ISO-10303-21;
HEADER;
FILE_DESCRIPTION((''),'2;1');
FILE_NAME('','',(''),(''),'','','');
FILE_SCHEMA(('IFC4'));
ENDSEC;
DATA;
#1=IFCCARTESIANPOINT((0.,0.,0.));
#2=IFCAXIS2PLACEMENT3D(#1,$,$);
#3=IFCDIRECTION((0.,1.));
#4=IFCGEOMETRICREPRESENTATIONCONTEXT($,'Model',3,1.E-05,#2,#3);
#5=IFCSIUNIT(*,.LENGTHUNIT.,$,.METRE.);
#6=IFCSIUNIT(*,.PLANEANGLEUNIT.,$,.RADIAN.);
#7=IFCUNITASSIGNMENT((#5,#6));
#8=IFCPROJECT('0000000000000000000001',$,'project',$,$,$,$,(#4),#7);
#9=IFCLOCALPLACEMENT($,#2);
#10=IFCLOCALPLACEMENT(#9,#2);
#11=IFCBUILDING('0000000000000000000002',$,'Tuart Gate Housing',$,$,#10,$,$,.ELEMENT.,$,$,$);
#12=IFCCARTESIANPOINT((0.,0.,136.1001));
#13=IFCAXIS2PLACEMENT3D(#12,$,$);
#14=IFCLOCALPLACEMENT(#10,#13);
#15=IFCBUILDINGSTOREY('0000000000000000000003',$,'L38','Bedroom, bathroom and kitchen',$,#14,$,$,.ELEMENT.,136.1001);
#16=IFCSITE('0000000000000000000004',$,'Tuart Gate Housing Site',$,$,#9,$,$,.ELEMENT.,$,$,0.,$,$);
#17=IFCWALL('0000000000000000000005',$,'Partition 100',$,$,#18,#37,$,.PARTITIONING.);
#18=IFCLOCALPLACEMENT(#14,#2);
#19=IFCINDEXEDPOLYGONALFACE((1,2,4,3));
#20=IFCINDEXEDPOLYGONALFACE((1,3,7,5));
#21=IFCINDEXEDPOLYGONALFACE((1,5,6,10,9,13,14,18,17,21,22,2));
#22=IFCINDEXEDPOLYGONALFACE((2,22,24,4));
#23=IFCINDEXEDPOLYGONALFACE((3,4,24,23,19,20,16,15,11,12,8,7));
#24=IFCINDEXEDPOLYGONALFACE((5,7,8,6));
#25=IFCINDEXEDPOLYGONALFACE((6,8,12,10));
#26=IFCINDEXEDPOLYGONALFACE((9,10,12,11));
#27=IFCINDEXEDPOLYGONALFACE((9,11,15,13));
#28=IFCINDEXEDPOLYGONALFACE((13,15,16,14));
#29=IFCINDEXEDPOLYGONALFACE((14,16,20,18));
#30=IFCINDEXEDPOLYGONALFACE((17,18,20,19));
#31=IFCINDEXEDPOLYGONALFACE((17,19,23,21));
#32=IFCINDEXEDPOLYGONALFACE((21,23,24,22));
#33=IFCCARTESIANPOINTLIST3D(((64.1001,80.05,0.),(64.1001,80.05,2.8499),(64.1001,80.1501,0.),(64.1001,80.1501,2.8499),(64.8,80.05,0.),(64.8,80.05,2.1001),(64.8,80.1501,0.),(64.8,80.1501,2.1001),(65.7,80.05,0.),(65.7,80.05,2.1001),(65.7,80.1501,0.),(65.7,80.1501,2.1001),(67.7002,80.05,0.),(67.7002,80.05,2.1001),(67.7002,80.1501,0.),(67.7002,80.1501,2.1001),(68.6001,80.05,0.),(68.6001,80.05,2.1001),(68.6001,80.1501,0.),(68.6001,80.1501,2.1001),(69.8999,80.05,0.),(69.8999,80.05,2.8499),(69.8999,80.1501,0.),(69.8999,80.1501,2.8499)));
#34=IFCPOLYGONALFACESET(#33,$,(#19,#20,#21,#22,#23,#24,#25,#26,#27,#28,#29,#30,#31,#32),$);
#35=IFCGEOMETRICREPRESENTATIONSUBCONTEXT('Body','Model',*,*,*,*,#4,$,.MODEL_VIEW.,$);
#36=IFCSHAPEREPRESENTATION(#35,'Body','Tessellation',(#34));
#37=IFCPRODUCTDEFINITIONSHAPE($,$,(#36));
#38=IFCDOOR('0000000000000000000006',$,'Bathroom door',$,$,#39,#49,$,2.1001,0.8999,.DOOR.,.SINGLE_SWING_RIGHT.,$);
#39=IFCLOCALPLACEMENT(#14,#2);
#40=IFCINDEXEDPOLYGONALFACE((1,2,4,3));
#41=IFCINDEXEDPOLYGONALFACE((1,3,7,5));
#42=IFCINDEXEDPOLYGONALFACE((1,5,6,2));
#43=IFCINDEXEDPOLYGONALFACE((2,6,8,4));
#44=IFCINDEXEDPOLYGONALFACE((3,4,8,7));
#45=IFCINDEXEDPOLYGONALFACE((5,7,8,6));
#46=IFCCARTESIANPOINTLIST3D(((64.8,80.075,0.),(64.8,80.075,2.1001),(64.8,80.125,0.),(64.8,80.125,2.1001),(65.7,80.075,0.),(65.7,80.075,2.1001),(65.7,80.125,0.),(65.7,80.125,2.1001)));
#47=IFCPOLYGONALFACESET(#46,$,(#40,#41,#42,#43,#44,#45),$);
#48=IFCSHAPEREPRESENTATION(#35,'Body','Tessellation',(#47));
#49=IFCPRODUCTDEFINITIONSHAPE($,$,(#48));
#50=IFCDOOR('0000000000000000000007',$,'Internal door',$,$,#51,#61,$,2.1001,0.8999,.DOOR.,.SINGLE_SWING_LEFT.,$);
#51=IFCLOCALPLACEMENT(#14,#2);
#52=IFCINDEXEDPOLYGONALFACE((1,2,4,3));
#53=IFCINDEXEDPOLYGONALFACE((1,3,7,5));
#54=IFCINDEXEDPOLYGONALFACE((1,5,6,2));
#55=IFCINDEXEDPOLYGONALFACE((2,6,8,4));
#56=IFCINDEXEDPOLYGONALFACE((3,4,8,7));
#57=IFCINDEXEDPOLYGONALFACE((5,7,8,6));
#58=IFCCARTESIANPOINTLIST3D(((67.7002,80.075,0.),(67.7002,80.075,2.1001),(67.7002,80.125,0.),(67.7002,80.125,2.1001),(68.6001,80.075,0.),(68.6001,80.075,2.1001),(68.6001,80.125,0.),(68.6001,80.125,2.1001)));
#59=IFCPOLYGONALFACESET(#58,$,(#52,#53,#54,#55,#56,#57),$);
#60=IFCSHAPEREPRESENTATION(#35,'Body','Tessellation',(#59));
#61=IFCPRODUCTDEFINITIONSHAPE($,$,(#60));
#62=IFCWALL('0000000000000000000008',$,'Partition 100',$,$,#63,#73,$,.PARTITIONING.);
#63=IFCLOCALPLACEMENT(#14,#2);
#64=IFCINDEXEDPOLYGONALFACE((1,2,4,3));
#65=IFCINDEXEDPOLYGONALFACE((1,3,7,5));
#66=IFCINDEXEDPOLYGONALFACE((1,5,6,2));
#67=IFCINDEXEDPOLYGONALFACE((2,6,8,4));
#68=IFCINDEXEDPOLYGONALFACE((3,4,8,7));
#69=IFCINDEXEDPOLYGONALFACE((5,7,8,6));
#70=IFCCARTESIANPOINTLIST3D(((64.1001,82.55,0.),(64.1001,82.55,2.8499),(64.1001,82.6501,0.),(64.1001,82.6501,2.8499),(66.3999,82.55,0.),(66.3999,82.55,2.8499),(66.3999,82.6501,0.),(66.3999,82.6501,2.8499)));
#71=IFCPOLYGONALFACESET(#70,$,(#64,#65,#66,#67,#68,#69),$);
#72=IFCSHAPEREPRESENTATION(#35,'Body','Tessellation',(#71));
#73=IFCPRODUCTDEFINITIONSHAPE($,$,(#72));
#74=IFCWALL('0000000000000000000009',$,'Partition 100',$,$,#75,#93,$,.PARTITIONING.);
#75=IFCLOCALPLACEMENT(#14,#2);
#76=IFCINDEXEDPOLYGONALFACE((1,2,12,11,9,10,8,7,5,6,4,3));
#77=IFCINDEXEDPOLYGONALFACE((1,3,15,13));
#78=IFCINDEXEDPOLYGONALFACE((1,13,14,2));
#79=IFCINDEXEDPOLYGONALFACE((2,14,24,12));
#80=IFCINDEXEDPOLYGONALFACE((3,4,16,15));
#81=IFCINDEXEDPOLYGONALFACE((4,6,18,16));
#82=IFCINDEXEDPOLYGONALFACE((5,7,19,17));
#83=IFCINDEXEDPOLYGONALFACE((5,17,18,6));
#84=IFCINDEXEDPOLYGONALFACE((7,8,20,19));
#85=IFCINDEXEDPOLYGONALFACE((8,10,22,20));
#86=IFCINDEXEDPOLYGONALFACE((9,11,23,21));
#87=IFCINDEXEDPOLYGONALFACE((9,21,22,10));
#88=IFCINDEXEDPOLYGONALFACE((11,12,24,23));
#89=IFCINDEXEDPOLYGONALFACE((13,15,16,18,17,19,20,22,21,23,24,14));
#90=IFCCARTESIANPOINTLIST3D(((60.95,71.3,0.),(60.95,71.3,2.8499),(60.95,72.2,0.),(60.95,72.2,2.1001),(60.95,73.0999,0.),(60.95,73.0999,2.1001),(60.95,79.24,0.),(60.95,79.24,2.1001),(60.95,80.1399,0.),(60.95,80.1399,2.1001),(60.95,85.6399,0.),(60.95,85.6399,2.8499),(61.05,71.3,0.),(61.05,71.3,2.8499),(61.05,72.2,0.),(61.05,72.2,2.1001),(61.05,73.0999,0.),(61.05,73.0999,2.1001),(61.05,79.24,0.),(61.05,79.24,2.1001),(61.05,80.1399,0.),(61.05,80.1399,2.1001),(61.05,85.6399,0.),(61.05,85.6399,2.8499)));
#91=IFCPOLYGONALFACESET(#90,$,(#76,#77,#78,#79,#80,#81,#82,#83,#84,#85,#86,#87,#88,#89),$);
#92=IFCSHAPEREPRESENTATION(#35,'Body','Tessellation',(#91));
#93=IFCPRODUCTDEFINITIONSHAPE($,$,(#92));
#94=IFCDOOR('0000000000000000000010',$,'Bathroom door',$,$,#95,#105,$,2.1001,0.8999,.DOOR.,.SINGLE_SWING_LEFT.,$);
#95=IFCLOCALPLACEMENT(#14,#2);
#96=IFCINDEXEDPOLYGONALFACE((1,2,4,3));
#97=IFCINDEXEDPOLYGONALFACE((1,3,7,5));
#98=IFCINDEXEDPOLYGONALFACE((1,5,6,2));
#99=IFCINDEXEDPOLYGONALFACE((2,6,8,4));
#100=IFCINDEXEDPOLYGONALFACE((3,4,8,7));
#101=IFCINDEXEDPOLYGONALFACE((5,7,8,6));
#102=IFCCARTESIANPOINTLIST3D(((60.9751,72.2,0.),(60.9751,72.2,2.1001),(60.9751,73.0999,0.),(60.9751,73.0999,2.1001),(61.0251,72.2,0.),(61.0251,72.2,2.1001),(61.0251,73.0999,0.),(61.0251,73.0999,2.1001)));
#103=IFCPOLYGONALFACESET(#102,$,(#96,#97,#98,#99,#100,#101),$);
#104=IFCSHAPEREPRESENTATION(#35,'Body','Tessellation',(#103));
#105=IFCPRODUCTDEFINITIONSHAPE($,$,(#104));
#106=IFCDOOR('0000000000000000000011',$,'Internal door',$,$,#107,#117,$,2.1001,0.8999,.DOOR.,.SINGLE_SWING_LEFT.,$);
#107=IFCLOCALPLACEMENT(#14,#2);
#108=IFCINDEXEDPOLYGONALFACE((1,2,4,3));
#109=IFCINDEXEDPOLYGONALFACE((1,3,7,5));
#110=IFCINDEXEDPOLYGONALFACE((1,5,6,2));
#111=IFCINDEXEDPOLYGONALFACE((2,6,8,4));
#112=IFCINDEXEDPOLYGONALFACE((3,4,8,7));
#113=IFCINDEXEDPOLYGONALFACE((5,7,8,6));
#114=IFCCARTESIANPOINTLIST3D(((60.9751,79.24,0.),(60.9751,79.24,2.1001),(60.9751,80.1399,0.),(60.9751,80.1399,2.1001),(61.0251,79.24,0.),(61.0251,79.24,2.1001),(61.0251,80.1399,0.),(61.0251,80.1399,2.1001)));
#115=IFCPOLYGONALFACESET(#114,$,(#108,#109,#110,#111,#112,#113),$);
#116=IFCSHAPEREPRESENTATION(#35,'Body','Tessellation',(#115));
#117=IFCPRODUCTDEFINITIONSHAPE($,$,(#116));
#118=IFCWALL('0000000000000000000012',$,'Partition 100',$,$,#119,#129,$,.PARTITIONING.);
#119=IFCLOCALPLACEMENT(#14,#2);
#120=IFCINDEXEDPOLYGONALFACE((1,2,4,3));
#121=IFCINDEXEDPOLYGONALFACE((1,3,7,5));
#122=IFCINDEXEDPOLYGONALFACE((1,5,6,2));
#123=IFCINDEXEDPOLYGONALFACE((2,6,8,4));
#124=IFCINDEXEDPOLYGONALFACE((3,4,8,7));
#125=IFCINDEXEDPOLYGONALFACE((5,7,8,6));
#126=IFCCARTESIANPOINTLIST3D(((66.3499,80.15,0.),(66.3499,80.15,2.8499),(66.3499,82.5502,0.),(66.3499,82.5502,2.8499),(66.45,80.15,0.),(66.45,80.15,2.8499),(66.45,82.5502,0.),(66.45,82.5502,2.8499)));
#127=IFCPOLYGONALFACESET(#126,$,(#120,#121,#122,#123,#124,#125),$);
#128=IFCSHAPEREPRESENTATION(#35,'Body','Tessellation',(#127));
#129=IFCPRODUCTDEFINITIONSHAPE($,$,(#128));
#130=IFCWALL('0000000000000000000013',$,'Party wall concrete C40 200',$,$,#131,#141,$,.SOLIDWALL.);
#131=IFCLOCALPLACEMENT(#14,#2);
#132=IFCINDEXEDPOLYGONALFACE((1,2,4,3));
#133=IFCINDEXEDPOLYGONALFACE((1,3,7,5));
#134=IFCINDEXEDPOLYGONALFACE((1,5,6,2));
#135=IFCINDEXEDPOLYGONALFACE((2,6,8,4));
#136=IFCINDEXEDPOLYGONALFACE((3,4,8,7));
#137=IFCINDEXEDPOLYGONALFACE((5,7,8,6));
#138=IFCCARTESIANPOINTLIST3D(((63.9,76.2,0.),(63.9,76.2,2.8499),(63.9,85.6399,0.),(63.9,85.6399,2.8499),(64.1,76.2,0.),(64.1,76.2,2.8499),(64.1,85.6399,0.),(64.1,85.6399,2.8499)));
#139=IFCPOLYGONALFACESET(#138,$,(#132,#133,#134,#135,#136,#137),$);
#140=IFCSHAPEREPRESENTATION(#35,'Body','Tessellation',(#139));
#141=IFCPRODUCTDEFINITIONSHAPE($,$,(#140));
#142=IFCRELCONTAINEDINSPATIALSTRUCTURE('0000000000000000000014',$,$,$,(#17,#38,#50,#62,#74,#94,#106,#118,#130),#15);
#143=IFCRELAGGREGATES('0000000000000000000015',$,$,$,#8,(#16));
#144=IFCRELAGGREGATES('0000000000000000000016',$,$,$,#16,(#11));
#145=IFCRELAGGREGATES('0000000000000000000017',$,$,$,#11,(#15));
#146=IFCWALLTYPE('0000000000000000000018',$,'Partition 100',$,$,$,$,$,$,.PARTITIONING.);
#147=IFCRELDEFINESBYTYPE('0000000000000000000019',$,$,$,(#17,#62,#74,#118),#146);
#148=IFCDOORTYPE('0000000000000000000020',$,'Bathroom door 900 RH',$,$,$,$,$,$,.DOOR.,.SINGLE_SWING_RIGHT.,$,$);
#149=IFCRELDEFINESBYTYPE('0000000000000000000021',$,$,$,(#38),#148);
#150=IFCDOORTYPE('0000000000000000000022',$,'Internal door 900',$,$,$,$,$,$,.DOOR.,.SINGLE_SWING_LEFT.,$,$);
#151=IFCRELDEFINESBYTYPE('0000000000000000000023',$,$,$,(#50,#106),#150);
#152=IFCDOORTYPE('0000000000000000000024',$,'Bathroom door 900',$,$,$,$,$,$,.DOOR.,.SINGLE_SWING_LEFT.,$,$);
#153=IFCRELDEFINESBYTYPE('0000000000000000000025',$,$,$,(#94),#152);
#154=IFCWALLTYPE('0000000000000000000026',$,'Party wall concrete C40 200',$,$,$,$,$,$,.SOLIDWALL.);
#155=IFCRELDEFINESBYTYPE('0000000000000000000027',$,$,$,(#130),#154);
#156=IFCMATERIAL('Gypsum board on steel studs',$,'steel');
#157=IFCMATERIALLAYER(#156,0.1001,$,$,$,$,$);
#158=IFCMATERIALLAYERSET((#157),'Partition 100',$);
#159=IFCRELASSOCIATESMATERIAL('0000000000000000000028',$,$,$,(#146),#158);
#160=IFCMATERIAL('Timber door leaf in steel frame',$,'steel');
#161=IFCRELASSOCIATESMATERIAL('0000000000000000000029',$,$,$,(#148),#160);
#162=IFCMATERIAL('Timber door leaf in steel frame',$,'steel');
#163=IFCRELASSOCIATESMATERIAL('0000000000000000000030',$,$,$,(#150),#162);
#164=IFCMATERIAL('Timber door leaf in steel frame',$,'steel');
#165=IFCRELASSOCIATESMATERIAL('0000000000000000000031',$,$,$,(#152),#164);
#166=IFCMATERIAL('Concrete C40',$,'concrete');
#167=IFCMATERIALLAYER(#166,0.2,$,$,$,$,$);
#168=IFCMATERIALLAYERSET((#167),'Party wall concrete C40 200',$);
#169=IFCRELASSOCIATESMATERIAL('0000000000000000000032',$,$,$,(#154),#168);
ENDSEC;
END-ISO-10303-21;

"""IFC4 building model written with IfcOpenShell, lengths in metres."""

from ifc_helpers import new_model, si_unit, direction, frame, frame_2d, origin, place, context, subcontext, project, spatial, rectangle, extrude, material, layer, layer_set, type_object, element, fill, save


model = new_model("IFC4")

# Units and contexts
model_context = context("Model", 3, precision=1e-05, world=origin(), true_north=direction((0.0, 1.0)))
body_context = subcontext(model_context, "Body", "Model", "MODEL_VIEW")
ifc_project = project(units=[si_unit("LENGTHUNIT", "METRE"), si_unit("PLANEANGLEUNIT", "RADIAN")], contexts=[model_context])

# Site, building, storey
site_placement = place(None, origin())
site = spatial("IfcSite", under=ifc_project, at=site_placement, Name="Tuart Gate Housing Site", CompositionType="ELEMENT", RefElevation=0.0)
building_placement = place(site_placement, origin())
building = spatial("IfcBuilding", under=site, at=building_placement, Name="Tuart Gate Housing", CompositionType="ELEMENT")
storey_placement = place(building_placement, frame((0.0, 0.0, 136.1001)))
storey = spatial("IfcBuildingStorey", under=building, at=storey_placement, Name="L38", Description="Bedroom, bathroom and kitchen", CompositionType="ELEMENT", Elevation=136.1001)

# Shared definitions
ifc_material_1 = material(Name="Gypsum board on steel studs", Category="steel")
ifc_layer_1 = layer(ifc_material_1, 0.1001)
ifc_layer_set_1 = layer_set([ifc_layer_1], Name="Partition 100")
wall_type_1 = type_object("IfcWallType", Name="Partition 100", PredefinedType="PARTITIONING", material=ifc_layer_set_1)

# Wall, openings, doors
wall_1_placement = place(storey_placement, frame((64.1001, 80.1001, 0.0), z_axis=(0.0, 0.0, 1.0), x_axis=(1.0, 0.0, 0.0)))
wall_1 = element("IfcWall", 1, at=wall_1_placement, inside=storey, type_object=wall_type_1, Name="Partition 100", PredefinedType="PARTITIONING", context=body_context, shape_type="SweptSolid", body=[
    extrude(rectangle(XDim=5.7998, YDim=0.1001, at=frame_2d((2.8999, 0.0))), origin(), (0.0, 0.0, 1.0), 2.8499),
])
opening_1_placement = place(wall_1_placement, frame((3.6001, 0.0, 0.0)))
opening_1 = element("IfcOpeningElement", 2, at=opening_1_placement, cuts=wall_1, PredefinedType="OPENING", context=body_context, shape_type="SweptSolid", body=[
    extrude(rectangle(XDim=0.8999, YDim=2.1001, at=frame_2d((0.45, 1.05))), frame((0.0, 0.0601, 0.0), z_axis=(0.0, -1.0, 0.0), x_axis=(1.0, 0.0, 0.0)), (0.0, 0.0, 1.0), 0.1201),
])
opening_2_placement = place(wall_1_placement, frame((0.7, 0.0, 0.0)))
opening_2 = element("IfcOpeningElement", 3, at=opening_2_placement, cuts=wall_1, PredefinedType="OPENING", context=body_context, shape_type="SweptSolid", body=[
    extrude(rectangle(XDim=0.8999, YDim=2.1001, at=frame_2d((0.45, 1.05))), frame((0.0, 0.0601, 0.0), z_axis=(0.0, -1.0, 0.0), x_axis=(1.0, 0.0, 0.0)), (0.0, 0.0, 1.0), 0.1201),
])
ifc_material_2 = material(Name="Timber door leaf in steel frame", Category="steel")
door_type_1 = type_object("IfcDoorType", Name="Bathroom door 900 RH", OperationType="SINGLE_SWING_RIGHT", PredefinedType="DOOR", material=ifc_material_2)
door_1_placement = place(opening_2_placement, origin())
door_1 = element("IfcDoor", 4, at=door_1_placement, inside=storey, type_object=door_type_1, Name="Bathroom door", OperationType="SINGLE_SWING_RIGHT", OverallHeight=2.1001, OverallWidth=0.8999, PredefinedType="DOOR", context=body_context, shape_type="SweptSolid", body=[
    extrude(rectangle(XDim=0.8999, YDim=2.1001, at=frame_2d((0.45, 1.05))), frame((0.0, 0.0249, 0.0), z_axis=(0.0, -1.0, 0.0), x_axis=(1.0, 0.0, 0.0)), (0.0, 0.0, 1.0), 0.05),
])
fill(opening_2, door_1)
ifc_material_3 = material(Name="Timber door leaf in steel frame", Category="steel")
door_type_2 = type_object("IfcDoorType", Name="Internal door 900", OperationType="SINGLE_SWING_LEFT", PredefinedType="DOOR", material=ifc_material_3)
door_2_placement = place(opening_1_placement, frame((0.8999, 0.0, 0.0), z_axis=(0.0, 0.0, 1.0), x_axis=(-1.0, 0.0, 0.0)))
door_2 = element("IfcDoor", 5, at=door_2_placement, inside=storey, type_object=door_type_2, Name="Internal door", OperationType="SINGLE_SWING_LEFT", OverallHeight=2.1001, OverallWidth=0.8999, PredefinedType="DOOR", context=body_context, shape_type="SweptSolid", body=[
    extrude(rectangle(XDim=0.8999, YDim=2.1001, at=frame_2d((0.45, 1.05))), frame((0.0, 0.0251, 0.0), z_axis=(0.0, -1.0, 0.0), x_axis=(1.0, 0.0, 0.0)), (0.0, 0.0, 1.0), 0.05),
])
fill(opening_1, door_2)

# Wall
wall_2_placement = place(storey_placement, frame((64.1001, 82.6001, 0.0), z_axis=(0.0, 0.0, 1.0), x_axis=(1.0, 0.0, 0.0)))
element("IfcWall", 6, at=wall_2_placement, inside=storey, type_object=wall_type_1, Name="Partition 100", PredefinedType="PARTITIONING", context=body_context, shape_type="SweptSolid", body=[
    extrude(rectangle(XDim=2.2998, YDim=0.1001, at=frame_2d((1.1499, 0.0))), origin(), (0.0, 0.0, 1.0), 2.8499),
])

# Wall, openings, doors
wall_3_placement = place(storey_placement, frame((61.0, 71.3, 0.0), z_axis=(0.0, 0.0, 1.0), x_axis=(0.0, 1.0, 0.0)))
wall_3 = element("IfcWall", 7, at=wall_3_placement, inside=storey, type_object=wall_type_1, Name="Partition 100", PredefinedType="PARTITIONING", context=body_context, shape_type="SweptSolid", body=[
    extrude(rectangle(XDim=14.3398, YDim=0.1001, at=frame_2d((7.1699, 0.0))), origin(), (0.0, 0.0, 1.0), 2.8499),
])
opening_3_placement = place(wall_3_placement, frame((7.9399, 0.0, 0.0)))
opening_3 = element("IfcOpeningElement", 8, at=opening_3_placement, cuts=wall_3, PredefinedType="OPENING", context=body_context, shape_type="SweptSolid", body=[
    extrude(rectangle(XDim=0.8999, YDim=2.1001, at=frame_2d((0.45, 1.05))), frame((0.0, 0.0601, 0.0), z_axis=(0.0, -1.0, 0.0), x_axis=(1.0, 0.0, 0.0)), (0.0, 0.0, 1.0), 0.1201),
])
opening_4_placement = place(wall_3_placement, frame((0.8999, 0.0, 0.0)))
opening_4 = element("IfcOpeningElement", 9, at=opening_4_placement, cuts=wall_3, PredefinedType="OPENING", context=body_context, shape_type="SweptSolid", body=[
    extrude(rectangle(XDim=0.8999, YDim=2.1001, at=frame_2d((0.45, 1.05))), frame((0.0, 0.0601, 0.0), z_axis=(0.0, -1.0, 0.0), x_axis=(1.0, 0.0, 0.0)), (0.0, 0.0, 1.0), 0.1201),
])
ifc_material_4 = material(Name="Timber door leaf in steel frame", Category="steel")
door_type_3 = type_object("IfcDoorType", Name="Bathroom door 900", OperationType="SINGLE_SWING_LEFT", PredefinedType="DOOR", material=ifc_material_4)
door_3_placement = place(opening_4_placement, origin())
door_3 = element("IfcDoor", 10, at=door_3_placement, inside=storey, type_object=door_type_3, Name="Bathroom door", OperationType="SINGLE_SWING_LEFT", OverallHeight=2.1001, OverallWidth=0.8999, PredefinedType="DOOR", context=body_context, shape_type="SweptSolid", body=[
    extrude(rectangle(XDim=0.8999, YDim=2.1001, at=frame_2d((0.45, 1.05))), frame((0.0, 0.0249, 0.0), z_axis=(0.0, -1.0, 0.0), x_axis=(1.0, 0.0, 0.0)), (0.0, 0.0, 1.0), 0.05),
])
fill(opening_4, door_3)
door_4_placement = place(opening_3_placement, origin())
door_4 = element("IfcDoor", 11, at=door_4_placement, inside=storey, type_object=door_type_2, Name="Internal door", OperationType="SINGLE_SWING_LEFT", OverallHeight=2.1001, OverallWidth=0.8999, PredefinedType="DOOR", context=body_context, shape_type="SweptSolid", body=[
    extrude(rectangle(XDim=0.8999, YDim=2.1001, at=frame_2d((0.45, 1.05))), frame((0.0, 0.0249, 0.0), z_axis=(0.0, -1.0, 0.0), x_axis=(1.0, 0.0, 0.0)), (0.0, 0.0, 1.0), 0.05),
])
fill(opening_3, door_4)

# Walls
wall_4_placement = place(storey_placement, frame((66.3999, 80.1499, 0.0), z_axis=(0.0, 0.0, 1.0), x_axis=(0.0, 1.0, 0.0)))
element("IfcWall", 12, at=wall_4_placement, inside=storey, type_object=wall_type_1, Name="Partition 100", PredefinedType="PARTITIONING", context=body_context, shape_type="SweptSolid", body=[
    extrude(rectangle(XDim=2.4001, YDim=0.1001, at=frame_2d((1.2002, 0.0))), origin(), (0.0, 0.0, 1.0), 2.8499),
])
ifc_material_5 = material(Name="Concrete C40", Category="concrete")
ifc_layer_2 = layer(ifc_material_5, 0.2)
ifc_layer_set_2 = layer_set([ifc_layer_2], Name="Party wall concrete C40 200")
wall_type_2 = type_object("IfcWallType", Name="Party wall concrete C40 200", PredefinedType="SOLIDWALL", material=ifc_layer_set_2)
wall_5_placement = place(storey_placement, frame((64.0, 76.2, 0.0), z_axis=(0.0, 0.0, 1.0), x_axis=(0.0, 1.0, 0.0)))
element("IfcWall", 13, at=wall_5_placement, inside=storey, type_object=wall_type_2, Name="Party wall concrete C40 200", PredefinedType="SOLIDWALL", context=body_context, shape_type="SweptSolid", body=[
    extrude(rectangle(XDim=9.4399, YDim=0.2, at=frame_2d((4.72, 0.0))), origin(), (0.0, 0.0, 1.0), 2.8499),
])

save(model, "model.ifc")
